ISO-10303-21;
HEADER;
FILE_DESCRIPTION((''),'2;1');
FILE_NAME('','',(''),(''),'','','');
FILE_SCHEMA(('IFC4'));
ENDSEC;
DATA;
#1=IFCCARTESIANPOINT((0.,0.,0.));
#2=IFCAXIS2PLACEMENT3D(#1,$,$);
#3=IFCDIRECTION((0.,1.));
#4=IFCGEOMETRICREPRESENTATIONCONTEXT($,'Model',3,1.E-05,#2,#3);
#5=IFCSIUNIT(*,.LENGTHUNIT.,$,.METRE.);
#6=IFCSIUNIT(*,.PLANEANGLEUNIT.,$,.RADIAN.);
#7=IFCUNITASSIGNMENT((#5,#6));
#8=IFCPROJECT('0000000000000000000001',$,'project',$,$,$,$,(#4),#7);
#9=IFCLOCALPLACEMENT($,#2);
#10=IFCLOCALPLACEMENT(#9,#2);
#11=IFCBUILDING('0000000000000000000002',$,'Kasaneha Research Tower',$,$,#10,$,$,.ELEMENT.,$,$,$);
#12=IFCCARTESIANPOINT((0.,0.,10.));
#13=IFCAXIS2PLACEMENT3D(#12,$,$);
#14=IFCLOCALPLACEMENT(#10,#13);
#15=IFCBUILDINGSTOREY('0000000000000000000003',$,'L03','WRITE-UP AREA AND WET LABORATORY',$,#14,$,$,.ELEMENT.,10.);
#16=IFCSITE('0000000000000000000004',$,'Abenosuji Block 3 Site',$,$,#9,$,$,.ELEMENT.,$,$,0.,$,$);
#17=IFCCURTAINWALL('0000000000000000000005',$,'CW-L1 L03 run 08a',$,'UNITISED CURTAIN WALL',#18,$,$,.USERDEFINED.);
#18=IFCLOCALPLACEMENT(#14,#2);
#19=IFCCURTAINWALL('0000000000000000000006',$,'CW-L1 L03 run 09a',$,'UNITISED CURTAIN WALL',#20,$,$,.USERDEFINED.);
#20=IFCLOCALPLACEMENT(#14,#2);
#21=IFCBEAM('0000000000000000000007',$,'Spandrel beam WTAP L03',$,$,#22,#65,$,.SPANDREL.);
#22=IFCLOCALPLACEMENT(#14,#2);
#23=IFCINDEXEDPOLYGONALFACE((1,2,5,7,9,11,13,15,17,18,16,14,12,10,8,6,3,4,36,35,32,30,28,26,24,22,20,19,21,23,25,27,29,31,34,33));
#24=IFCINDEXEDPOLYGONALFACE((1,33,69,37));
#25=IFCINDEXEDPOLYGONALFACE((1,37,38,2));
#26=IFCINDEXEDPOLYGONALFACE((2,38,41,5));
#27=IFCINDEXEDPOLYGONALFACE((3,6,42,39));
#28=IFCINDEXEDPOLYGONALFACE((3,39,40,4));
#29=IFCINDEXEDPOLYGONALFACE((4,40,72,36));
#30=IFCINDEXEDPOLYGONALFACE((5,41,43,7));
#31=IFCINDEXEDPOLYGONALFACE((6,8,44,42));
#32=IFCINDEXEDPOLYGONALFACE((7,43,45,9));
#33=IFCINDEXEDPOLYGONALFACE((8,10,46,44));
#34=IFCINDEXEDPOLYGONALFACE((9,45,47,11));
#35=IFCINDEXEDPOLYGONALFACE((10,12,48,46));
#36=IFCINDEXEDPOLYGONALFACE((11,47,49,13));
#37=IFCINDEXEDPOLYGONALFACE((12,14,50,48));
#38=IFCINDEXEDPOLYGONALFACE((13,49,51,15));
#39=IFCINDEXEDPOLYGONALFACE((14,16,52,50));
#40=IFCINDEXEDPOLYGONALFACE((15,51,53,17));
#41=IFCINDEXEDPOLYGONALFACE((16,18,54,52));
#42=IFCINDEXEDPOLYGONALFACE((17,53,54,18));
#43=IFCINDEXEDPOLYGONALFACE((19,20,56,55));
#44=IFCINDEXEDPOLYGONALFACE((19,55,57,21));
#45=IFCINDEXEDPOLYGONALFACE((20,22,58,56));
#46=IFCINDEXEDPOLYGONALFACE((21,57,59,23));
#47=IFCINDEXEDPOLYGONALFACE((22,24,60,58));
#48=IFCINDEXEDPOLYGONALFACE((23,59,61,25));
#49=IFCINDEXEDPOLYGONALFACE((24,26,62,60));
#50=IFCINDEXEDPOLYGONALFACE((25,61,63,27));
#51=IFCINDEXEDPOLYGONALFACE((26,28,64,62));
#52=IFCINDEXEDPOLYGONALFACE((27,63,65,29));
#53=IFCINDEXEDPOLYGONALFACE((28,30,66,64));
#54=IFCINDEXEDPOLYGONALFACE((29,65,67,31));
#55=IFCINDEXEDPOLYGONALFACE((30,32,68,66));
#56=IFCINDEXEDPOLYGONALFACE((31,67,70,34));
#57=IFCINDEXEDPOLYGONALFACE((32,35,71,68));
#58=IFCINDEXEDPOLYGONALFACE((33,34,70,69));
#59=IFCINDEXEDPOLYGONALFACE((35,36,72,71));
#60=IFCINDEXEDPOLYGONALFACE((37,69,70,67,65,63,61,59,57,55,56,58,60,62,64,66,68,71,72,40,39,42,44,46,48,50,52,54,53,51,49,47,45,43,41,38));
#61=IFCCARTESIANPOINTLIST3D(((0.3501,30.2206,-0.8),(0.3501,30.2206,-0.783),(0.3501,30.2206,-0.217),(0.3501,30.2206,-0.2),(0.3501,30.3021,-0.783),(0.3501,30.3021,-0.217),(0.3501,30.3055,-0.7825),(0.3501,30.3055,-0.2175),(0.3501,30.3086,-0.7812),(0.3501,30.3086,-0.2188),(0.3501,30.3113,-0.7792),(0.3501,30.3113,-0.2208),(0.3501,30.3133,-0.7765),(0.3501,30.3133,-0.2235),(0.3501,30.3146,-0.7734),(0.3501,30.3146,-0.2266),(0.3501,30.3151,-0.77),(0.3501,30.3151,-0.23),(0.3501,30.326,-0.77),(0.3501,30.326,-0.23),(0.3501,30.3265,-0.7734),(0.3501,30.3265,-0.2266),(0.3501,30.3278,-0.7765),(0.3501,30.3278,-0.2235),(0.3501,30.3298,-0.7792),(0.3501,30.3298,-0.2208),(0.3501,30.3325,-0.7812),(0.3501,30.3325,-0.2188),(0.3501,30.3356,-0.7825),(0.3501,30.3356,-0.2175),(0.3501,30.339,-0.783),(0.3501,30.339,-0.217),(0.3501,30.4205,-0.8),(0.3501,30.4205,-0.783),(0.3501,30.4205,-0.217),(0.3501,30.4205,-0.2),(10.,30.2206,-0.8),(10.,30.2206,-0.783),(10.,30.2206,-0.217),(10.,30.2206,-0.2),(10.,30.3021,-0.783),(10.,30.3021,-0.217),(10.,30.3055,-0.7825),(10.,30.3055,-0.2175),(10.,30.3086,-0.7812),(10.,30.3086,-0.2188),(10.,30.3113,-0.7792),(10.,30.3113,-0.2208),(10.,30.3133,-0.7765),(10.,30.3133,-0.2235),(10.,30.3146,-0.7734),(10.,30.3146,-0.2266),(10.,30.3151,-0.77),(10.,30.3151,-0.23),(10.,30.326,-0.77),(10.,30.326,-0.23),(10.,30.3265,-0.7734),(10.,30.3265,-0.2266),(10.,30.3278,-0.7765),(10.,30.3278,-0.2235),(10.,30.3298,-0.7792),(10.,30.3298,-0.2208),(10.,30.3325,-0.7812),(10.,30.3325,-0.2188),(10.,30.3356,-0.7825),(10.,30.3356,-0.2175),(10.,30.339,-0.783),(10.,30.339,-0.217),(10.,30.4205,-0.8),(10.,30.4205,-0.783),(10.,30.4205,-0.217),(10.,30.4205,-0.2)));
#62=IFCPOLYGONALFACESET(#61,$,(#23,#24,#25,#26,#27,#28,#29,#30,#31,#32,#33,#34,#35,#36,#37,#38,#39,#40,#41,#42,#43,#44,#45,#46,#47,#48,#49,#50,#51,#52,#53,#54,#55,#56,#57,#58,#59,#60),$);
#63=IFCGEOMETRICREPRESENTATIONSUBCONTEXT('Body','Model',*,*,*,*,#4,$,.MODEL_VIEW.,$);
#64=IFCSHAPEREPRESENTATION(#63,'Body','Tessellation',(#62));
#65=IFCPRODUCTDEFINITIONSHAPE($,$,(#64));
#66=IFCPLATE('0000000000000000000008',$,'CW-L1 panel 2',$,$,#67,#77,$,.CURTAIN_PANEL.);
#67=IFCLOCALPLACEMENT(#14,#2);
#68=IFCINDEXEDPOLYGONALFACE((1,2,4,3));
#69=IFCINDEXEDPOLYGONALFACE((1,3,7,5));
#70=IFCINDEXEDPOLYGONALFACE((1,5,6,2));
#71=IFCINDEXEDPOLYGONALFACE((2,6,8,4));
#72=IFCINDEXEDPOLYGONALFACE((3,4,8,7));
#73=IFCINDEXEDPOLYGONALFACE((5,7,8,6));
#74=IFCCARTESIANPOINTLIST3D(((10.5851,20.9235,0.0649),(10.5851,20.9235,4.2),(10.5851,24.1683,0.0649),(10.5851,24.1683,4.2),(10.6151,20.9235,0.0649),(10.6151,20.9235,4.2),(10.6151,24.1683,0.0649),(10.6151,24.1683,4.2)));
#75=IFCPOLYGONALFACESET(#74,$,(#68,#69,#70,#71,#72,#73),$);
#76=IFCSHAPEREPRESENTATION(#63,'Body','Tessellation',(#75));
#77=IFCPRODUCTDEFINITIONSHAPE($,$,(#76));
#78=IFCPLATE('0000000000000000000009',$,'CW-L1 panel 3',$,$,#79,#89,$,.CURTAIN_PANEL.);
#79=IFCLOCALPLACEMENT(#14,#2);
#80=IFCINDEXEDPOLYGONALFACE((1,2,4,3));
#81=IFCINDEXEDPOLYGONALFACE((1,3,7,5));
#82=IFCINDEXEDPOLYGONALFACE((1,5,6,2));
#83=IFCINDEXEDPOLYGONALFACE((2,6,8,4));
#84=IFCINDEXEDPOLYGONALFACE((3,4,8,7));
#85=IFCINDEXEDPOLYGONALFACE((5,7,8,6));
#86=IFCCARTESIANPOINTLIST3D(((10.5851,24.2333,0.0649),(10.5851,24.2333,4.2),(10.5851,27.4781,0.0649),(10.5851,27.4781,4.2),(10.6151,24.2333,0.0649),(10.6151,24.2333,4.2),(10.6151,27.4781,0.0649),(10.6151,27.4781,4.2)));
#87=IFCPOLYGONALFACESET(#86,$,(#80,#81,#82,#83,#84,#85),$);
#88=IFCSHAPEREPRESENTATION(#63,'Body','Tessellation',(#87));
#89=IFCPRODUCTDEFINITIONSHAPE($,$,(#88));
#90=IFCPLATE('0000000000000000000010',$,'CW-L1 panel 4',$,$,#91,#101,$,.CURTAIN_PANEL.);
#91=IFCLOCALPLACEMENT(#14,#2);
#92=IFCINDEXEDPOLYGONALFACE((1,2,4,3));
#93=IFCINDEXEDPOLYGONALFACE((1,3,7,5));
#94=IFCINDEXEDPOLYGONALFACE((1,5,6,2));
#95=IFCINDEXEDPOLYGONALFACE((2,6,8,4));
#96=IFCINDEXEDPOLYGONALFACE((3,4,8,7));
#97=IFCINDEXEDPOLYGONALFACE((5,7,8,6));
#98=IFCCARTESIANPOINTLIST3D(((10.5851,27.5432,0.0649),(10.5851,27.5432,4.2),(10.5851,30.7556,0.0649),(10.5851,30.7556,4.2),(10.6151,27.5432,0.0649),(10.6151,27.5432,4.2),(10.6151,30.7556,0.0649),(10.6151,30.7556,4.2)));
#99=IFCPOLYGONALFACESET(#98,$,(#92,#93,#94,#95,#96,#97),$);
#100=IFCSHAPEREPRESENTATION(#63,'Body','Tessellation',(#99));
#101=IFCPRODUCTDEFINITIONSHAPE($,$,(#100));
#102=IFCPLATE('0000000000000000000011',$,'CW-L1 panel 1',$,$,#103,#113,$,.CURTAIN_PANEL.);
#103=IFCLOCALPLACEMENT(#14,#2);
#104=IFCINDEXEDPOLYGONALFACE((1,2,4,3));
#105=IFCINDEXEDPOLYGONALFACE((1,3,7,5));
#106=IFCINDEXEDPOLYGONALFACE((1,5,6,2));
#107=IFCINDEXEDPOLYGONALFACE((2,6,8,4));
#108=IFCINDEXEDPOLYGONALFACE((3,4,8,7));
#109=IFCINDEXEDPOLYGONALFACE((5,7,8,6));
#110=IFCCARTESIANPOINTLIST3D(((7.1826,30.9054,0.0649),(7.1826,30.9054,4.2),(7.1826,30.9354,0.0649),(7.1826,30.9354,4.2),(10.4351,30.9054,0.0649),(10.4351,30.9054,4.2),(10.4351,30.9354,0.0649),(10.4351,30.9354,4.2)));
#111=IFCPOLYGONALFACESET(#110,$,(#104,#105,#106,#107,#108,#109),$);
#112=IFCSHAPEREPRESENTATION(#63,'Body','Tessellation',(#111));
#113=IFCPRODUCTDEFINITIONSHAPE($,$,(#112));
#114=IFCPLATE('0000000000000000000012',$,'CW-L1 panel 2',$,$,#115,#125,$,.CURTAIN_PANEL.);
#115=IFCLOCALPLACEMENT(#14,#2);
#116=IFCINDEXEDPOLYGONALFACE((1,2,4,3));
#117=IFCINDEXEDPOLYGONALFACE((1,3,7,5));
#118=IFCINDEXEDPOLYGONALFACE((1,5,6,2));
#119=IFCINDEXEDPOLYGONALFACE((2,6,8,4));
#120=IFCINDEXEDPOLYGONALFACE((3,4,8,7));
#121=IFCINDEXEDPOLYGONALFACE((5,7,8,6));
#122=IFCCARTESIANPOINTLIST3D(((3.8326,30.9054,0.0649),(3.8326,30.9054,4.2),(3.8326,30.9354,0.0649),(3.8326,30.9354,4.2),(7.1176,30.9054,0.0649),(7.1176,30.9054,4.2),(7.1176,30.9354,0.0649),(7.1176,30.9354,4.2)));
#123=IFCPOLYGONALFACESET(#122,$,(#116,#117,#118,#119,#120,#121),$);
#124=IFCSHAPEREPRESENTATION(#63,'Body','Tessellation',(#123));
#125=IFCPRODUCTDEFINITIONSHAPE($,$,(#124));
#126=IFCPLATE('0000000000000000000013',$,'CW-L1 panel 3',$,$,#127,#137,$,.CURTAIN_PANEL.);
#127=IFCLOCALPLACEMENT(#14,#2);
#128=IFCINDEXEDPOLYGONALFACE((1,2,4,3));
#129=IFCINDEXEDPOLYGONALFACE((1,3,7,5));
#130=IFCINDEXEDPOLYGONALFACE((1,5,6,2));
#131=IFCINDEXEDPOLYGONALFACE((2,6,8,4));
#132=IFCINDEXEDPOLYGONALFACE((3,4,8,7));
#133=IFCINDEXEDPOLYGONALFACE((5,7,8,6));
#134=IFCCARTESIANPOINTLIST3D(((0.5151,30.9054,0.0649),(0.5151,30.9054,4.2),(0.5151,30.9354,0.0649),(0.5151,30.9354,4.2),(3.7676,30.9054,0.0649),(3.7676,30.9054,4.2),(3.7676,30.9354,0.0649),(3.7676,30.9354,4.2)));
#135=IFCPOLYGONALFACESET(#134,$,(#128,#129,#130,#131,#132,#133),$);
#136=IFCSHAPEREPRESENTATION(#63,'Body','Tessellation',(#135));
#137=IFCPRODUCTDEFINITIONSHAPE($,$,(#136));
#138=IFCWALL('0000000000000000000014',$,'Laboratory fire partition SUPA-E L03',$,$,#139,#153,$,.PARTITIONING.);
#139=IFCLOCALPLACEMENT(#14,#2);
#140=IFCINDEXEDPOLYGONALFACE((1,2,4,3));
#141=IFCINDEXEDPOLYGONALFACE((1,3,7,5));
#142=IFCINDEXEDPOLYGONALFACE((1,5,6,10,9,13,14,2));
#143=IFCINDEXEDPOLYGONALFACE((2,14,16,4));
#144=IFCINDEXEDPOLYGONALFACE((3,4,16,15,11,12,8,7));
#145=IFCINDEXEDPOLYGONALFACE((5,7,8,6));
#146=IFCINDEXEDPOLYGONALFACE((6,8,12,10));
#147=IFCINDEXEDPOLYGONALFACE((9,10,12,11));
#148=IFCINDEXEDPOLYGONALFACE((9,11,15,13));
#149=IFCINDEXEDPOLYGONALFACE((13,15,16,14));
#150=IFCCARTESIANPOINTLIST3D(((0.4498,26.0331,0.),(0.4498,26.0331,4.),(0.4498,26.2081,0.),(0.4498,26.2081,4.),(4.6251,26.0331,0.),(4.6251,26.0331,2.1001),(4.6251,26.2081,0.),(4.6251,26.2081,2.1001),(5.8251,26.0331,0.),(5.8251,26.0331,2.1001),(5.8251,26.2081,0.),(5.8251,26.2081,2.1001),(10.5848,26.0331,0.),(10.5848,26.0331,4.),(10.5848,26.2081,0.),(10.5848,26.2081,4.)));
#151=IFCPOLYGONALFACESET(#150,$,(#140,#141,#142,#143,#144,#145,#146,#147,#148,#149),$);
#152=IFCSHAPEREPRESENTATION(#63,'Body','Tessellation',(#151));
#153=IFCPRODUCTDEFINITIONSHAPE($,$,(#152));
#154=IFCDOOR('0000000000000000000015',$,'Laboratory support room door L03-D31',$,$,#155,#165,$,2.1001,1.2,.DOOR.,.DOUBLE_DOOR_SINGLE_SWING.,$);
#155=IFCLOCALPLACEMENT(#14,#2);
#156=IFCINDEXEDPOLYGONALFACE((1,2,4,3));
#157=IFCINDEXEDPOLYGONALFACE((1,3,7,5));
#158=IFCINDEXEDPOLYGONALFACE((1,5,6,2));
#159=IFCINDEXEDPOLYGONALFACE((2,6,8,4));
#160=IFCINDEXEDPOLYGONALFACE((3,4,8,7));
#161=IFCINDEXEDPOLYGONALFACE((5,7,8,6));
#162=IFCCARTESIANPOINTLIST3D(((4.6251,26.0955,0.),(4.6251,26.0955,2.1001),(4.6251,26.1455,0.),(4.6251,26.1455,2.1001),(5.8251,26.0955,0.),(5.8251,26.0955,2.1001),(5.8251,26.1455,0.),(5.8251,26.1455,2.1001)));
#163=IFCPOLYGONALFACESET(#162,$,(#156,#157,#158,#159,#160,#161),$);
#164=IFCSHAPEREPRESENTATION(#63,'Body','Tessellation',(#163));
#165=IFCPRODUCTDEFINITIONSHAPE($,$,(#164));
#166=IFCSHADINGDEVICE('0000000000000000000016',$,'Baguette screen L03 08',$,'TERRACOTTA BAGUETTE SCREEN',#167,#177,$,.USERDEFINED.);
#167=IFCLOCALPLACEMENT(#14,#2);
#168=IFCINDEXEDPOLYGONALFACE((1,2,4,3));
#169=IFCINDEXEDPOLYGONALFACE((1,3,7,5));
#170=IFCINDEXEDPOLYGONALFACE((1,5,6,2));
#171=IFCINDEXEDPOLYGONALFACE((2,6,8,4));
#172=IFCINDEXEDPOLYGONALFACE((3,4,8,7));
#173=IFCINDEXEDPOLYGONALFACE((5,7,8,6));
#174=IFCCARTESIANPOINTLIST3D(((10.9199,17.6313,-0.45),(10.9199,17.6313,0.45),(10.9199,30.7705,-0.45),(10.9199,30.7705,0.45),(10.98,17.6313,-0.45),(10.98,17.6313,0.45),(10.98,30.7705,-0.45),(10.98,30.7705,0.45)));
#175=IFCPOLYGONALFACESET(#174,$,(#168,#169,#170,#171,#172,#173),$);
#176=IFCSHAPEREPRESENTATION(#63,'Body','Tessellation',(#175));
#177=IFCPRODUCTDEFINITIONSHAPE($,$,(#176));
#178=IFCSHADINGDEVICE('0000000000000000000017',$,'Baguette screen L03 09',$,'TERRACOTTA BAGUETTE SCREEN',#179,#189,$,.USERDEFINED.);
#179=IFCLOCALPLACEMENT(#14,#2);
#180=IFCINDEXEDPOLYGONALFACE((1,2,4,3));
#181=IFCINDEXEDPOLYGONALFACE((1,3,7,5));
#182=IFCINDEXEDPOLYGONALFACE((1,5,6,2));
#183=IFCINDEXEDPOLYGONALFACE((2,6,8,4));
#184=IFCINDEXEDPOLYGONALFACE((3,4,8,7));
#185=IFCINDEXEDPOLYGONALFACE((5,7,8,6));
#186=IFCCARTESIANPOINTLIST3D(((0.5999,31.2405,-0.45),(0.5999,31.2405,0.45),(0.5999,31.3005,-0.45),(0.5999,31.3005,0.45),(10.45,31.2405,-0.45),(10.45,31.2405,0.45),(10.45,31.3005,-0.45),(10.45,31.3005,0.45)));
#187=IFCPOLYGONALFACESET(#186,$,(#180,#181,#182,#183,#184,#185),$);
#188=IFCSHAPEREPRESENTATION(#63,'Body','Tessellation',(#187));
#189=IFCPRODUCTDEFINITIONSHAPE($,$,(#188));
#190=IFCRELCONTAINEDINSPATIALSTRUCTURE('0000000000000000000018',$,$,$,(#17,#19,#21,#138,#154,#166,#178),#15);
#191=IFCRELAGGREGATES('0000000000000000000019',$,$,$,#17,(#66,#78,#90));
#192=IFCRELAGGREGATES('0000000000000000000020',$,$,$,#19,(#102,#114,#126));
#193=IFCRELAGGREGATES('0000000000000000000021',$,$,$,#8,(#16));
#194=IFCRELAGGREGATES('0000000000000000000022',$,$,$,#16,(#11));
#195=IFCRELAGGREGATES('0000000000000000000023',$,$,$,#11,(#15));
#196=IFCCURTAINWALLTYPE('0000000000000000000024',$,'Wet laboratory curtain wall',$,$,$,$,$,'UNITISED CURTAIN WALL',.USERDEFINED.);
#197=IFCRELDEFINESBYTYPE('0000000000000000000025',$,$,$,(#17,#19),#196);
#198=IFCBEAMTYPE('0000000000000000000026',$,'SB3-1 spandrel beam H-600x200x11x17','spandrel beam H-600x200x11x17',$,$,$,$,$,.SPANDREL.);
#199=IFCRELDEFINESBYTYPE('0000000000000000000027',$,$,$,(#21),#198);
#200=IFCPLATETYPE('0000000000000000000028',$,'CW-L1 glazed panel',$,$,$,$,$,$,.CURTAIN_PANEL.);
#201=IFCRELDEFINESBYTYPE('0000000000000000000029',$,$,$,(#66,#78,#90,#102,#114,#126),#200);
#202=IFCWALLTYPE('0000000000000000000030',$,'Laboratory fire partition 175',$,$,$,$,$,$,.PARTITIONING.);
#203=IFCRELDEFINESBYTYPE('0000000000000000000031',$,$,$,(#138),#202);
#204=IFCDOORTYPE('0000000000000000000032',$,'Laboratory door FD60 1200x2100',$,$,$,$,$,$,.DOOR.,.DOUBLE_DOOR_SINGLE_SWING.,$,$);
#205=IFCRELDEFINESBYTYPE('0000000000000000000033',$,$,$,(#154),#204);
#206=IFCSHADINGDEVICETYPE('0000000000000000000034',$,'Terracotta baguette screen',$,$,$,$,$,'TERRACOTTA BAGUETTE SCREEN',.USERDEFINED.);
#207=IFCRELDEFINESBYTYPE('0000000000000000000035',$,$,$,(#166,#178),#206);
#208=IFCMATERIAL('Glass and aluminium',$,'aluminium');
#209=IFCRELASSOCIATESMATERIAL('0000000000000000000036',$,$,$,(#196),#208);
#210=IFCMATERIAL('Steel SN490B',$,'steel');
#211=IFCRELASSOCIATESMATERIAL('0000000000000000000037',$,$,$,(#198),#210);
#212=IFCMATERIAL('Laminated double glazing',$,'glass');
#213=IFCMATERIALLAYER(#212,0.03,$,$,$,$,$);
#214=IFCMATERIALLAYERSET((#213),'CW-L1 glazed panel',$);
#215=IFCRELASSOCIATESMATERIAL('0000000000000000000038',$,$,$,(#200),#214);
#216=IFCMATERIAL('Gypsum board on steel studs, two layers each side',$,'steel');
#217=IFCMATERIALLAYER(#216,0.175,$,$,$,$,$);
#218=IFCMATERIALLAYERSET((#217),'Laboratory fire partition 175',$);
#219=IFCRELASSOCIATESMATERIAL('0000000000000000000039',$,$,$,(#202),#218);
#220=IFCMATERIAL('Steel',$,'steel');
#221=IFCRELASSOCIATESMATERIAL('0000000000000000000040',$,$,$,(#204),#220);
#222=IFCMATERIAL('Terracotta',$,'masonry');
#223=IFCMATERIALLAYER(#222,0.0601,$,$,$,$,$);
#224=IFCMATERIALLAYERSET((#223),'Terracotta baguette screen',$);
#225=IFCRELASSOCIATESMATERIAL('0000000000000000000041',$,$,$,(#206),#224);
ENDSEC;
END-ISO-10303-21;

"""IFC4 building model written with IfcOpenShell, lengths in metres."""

from ifc_helpers import new_model, si_unit, direction, frame, frame_2d, origin, origin_2d, place, context, subcontext, project, spatial, rectangle, i_section, extrude, material, layer, layer_set, material_profile, profile_set, type_object, element, fill, aggregate, save


model = new_model("IFC4")

# Units and contexts
model_context = context("Model", 3, precision=1e-05, world=origin(), true_north=direction((0.0, 1.0)))
body_context = subcontext(model_context, "Body", "Model", "MODEL_VIEW")
ifc_project = project(units=[si_unit("LENGTHUNIT", "METRE"), si_unit("PLANEANGLEUNIT", "RADIAN")], contexts=[model_context])

# Site, building, storey
site_placement = place(None, origin())
site = spatial("IfcSite", under=ifc_project, at=site_placement, Name="Abenosuji Block 3 Site", CompositionType="ELEMENT", RefElevation=0.0)
building_placement = place(site_placement, origin())
building = spatial("IfcBuilding", under=site, at=building_placement, Name="Kasaneha Research Tower", CompositionType="ELEMENT")
storey_placement = place(building_placement, frame((0.0, 0.0, 10.0)))
storey = spatial("IfcBuildingStorey", under=building, at=storey_placement, Name="L03", Description="WRITE-UP AREA AND WET LABORATORY", CompositionType="ELEMENT", Elevation=10.0)

# Curtain walls
ifc_material_1 = material(Name="Glass and aluminium", Category="aluminium")
curtain_wall_type = type_object("IfcCurtainWallType", Name="Wet laboratory curtain wall", ElementType="UNITISED CURTAIN WALL", PredefinedType="USERDEFINED", material=ifc_material_1)
curtain_wall_1_placement = place(storey_placement, origin())
curtain_wall_1 = element("IfcCurtainWall", 1, at=curtain_wall_1_placement, inside=storey, type_object=curtain_wall_type, Name="CW-L1 L03 run 08a", ObjectType="UNITISED CURTAIN WALL", PredefinedType="USERDEFINED")
curtain_wall_2_placement = place(storey_placement, origin())
curtain_wall_2 = element("IfcCurtainWall", 2, at=curtain_wall_2_placement, inside=storey, type_object=curtain_wall_type, Name="CW-L1 L03 run 09a", ObjectType="UNITISED CURTAIN WALL", PredefinedType="USERDEFINED")

# Beam
ifc_material_2 = material(Name="Steel SN490B", Category="steel")
ifc_material_profile_1 = material_profile(ifc_material_2, i_section(OverallWidth=0.2, OverallDepth=0.6001, WebThickness=0.011, FlangeThickness=0.0171, FilletRadius=0.0129, at=origin_2d()), Name="H-600x200x11x17")
ifc_profile_set_1 = profile_set([ifc_material_profile_1], Name="Steel SN490B")
beam_type_1 = type_object("IfcBeamType", Name="SB3-1 spandrel beam H-600x200x11x17", Description="spandrel beam H-600x200x11x17", PredefinedType="SPANDREL", material=ifc_profile_set_1)
beam_1_placement = place(storey_placement, frame((10.0, 30.3206, -0.5), z_axis=(-1.0, 0.0, 0.0), x_axis=(0.0, -1.0, 0.0)))
element("IfcBeam", 3, at=beam_1_placement, inside=storey, type_object=beam_type_1, Name="Spandrel beam WTAP L03", PredefinedType="SPANDREL", context=body_context, shape_type="SweptSolid", body=[
    extrude(i_section(OverallWidth=0.2, OverallDepth=0.6001, WebThickness=0.011, FlangeThickness=0.0171, FilletRadius=0.0129, at=origin_2d()), origin(), (0.0, 0.0, 1.0), 9.6499),
])

# Plates
ifc_material_3 = material(Name="Laminated double glazing", Category="glass")
ifc_layer_1 = layer(ifc_material_3, 0.03)
ifc_layer_set_1 = layer_set([ifc_layer_1], Name="CW-L1 glazed panel")
plate_type = type_object("IfcPlateType", Name="CW-L1 glazed panel", PredefinedType="CURTAIN_PANEL", material=ifc_layer_set_1)
plate_1_placement = place(storey_placement, frame((10.6001, 22.5459, 0.0649), z_axis=(0.0, 0.0, 1.0), x_axis=(0.0, 1.0, 0.0)))
plate_1 = element("IfcPlate", 4, at=plate_1_placement, type_object=plate_type, Name="CW-L1 panel 2", PredefinedType="CURTAIN_PANEL", context=body_context, shape_type="SweptSolid", body=[
    extrude(rectangle(XDim=3.2449, YDim=0.03, at=origin_2d()), origin(), (0.0, 0.0, 1.0), 4.135),
])
plate_2_placement = place(storey_placement, frame((10.6001, 25.8557, 0.0649), z_axis=(0.0, 0.0, 1.0), x_axis=(0.0, 1.0, 0.0)))
plate_2 = element("IfcPlate", 5, at=plate_2_placement, type_object=plate_type, Name="CW-L1 panel 3", PredefinedType="CURTAIN_PANEL", context=body_context, shape_type="SweptSolid", body=[
    extrude(rectangle(XDim=3.2449, YDim=0.03, at=origin_2d()), origin(), (0.0, 0.0, 1.0), 4.135),
])
plate_3_placement = place(storey_placement, frame((10.6001, 29.1494, 0.0649), z_axis=(0.0, 0.0, 1.0), x_axis=(0.0, 1.0, 0.0)))
plate_3 = element("IfcPlate", 6, at=plate_3_placement, type_object=plate_type, Name="CW-L1 panel 4", PredefinedType="CURTAIN_PANEL", context=body_context, shape_type="SweptSolid", body=[
    extrude(rectangle(XDim=3.2124, YDim=0.03, at=origin_2d()), origin(), (0.0, 0.0, 1.0), 4.135),
])
aggregate(curtain_wall_1, [plate_1, plate_2, plate_3])
plate_4_placement = place(storey_placement, frame((8.8088, 30.9204, 0.0649), z_axis=(0.0, 0.0, 1.0), x_axis=(-1.0, 0.0, 0.0)))
plate_4 = element("IfcPlate", 7, at=plate_4_placement, type_object=plate_type, Name="CW-L1 panel 1", PredefinedType="CURTAIN_PANEL", context=body_context, shape_type="SweptSolid", body=[
    extrude(rectangle(XDim=3.2524, YDim=0.03, at=origin_2d()), origin(), (0.0, 0.0, 1.0), 4.135),
])
plate_5_placement = place(storey_placement, frame((5.4751, 30.9204, 0.0649), z_axis=(0.0, 0.0, 1.0), x_axis=(-1.0, 0.0, 0.0)))
plate_5 = element("IfcPlate", 8, at=plate_5_placement, type_object=plate_type, Name="CW-L1 panel 2", PredefinedType="CURTAIN_PANEL", context=body_context, shape_type="SweptSolid", body=[
    extrude(rectangle(XDim=3.2849, YDim=0.03, at=origin_2d()), origin(), (0.0, 0.0, 1.0), 4.135),
])
plate_6_placement = place(storey_placement, frame((2.1414, 30.9204, 0.0649), z_axis=(0.0, 0.0, 1.0), x_axis=(-1.0, 0.0, 0.0)))
plate_6 = element("IfcPlate", 9, at=plate_6_placement, type_object=plate_type, Name="CW-L1 panel 3", PredefinedType="CURTAIN_PANEL", context=body_context, shape_type="SweptSolid", body=[
    extrude(rectangle(XDim=3.2524, YDim=0.03, at=origin_2d()), origin(), (0.0, 0.0, 1.0), 4.135),
])
aggregate(curtain_wall_2, [plate_4, plate_5, plate_6])

# Wall, opening, door
ifc_material_4 = material(Name="Gypsum board on steel studs, two layers each side", Category="steel")
ifc_layer_2 = layer(ifc_material_4, 0.175)
ifc_layer_set_2 = layer_set([ifc_layer_2], Name="Laboratory fire partition 175")
wall_type = type_object("IfcWallType", Name="Laboratory fire partition 175", PredefinedType="PARTITIONING", material=ifc_layer_set_2)
wall_placement = place(storey_placement, frame((0.45, 26.1206, 0.0), z_axis=(0.0, 0.0, 1.0), x_axis=(1.0, 0.0, 0.0)))
wall = element("IfcWall", 10, at=wall_placement, inside=storey, type_object=wall_type, Name="Laboratory fire partition SUPA-E L03", PredefinedType="PARTITIONING", context=body_context, shape_type="SweptSolid", body=[
    extrude(rectangle(XDim=10.135, YDim=0.175, at=frame_2d((5.0674, 0.0))), origin(), (0.0, 0.0, 1.0), 4.0),
])
opening_placement = place(wall_placement, frame((4.175, 0.0, 0.0)))
opening = element("IfcOpeningElement", 11, at=opening_placement, cuts=wall, PredefinedType="OPENING", context=body_context, shape_type="SweptSolid", body=[
    extrude(rectangle(XDim=1.2, YDim=2.1001, at=frame_2d((0.6001, 1.05))), frame((0.0, 0.0977, 0.0), z_axis=(0.0, -1.0, 0.0), x_axis=(1.0, 0.0, 0.0)), (0.0, 0.0, 1.0), 0.1951),
])
ifc_material_5 = material(Name="Steel", Category="steel")
door_type = type_object("IfcDoorType", Name="Laboratory door FD60 1200x2100", OperationType="DOUBLE_DOOR_SINGLE_SWING", PredefinedType="DOOR", material=ifc_material_5)
door_placement = place(opening_placement, origin())
door = element("IfcDoor", 12, at=door_placement, inside=storey, type_object=door_type, Name="Laboratory support room door L03-D31", OperationType="DOUBLE_DOOR_SINGLE_SWING", OverallHeight=2.1001, OverallWidth=1.2, PredefinedType="DOOR", context=body_context, shape_type="SweptSolid", body=[
    extrude(rectangle(XDim=1.2, YDim=2.1001, at=frame_2d((0.6001, 1.05))), frame((0.0, 0.0249, 0.0), z_axis=(0.0, -1.0, 0.0), x_axis=(1.0, 0.0, 0.0)), (0.0, 0.0, 1.0), 0.05),
])
fill(opening, door)

# Shading devices
ifc_material_6 = material(Name="Terracotta", Category="masonry")
ifc_layer_3 = layer(ifc_material_6, 0.0601)
ifc_layer_set_3 = layer_set([ifc_layer_3], Name="Terracotta baguette screen")
shading_device_type = type_object("IfcShadingDeviceType", Name="Terracotta baguette screen", ElementType="TERRACOTTA BAGUETTE SCREEN", PredefinedType="USERDEFINED", material=ifc_layer_set_3)
shading_device_1_placement = place(storey_placement, frame((10.95, 24.2009, -0.45), z_axis=(0.0, 0.0, 1.0), x_axis=(0.0, 1.0, 0.0)))
element("IfcShadingDevice", 13, at=shading_device_1_placement, inside=storey, type_object=shading_device_type, Name="Baguette screen L03 08", ObjectType="TERRACOTTA BAGUETTE SCREEN", PredefinedType="USERDEFINED", context=body_context, shape_type="SweptSolid", body=[
    extrude(rectangle(XDim=13.1392, YDim=0.0601, at=origin_2d()), origin(), (0.0, 0.0, 1.0), 0.8999),
])
shading_device_2_placement = place(storey_placement, frame((5.5249, 31.2705, -0.45), z_axis=(0.0, 0.0, 1.0), x_axis=(-1.0, 0.0, 0.0)))
element("IfcShadingDevice", 14, at=shading_device_2_placement, inside=storey, type_object=shading_device_type, Name="Baguette screen L03 09", ObjectType="TERRACOTTA BAGUETTE SCREEN", PredefinedType="USERDEFINED", context=body_context, shape_type="SweptSolid", body=[
    extrude(rectangle(XDim=9.8501, YDim=0.0601, at=origin_2d()), origin(), (0.0, 0.0, 1.0), 0.8999),
])

save(model, "model.ifc")
